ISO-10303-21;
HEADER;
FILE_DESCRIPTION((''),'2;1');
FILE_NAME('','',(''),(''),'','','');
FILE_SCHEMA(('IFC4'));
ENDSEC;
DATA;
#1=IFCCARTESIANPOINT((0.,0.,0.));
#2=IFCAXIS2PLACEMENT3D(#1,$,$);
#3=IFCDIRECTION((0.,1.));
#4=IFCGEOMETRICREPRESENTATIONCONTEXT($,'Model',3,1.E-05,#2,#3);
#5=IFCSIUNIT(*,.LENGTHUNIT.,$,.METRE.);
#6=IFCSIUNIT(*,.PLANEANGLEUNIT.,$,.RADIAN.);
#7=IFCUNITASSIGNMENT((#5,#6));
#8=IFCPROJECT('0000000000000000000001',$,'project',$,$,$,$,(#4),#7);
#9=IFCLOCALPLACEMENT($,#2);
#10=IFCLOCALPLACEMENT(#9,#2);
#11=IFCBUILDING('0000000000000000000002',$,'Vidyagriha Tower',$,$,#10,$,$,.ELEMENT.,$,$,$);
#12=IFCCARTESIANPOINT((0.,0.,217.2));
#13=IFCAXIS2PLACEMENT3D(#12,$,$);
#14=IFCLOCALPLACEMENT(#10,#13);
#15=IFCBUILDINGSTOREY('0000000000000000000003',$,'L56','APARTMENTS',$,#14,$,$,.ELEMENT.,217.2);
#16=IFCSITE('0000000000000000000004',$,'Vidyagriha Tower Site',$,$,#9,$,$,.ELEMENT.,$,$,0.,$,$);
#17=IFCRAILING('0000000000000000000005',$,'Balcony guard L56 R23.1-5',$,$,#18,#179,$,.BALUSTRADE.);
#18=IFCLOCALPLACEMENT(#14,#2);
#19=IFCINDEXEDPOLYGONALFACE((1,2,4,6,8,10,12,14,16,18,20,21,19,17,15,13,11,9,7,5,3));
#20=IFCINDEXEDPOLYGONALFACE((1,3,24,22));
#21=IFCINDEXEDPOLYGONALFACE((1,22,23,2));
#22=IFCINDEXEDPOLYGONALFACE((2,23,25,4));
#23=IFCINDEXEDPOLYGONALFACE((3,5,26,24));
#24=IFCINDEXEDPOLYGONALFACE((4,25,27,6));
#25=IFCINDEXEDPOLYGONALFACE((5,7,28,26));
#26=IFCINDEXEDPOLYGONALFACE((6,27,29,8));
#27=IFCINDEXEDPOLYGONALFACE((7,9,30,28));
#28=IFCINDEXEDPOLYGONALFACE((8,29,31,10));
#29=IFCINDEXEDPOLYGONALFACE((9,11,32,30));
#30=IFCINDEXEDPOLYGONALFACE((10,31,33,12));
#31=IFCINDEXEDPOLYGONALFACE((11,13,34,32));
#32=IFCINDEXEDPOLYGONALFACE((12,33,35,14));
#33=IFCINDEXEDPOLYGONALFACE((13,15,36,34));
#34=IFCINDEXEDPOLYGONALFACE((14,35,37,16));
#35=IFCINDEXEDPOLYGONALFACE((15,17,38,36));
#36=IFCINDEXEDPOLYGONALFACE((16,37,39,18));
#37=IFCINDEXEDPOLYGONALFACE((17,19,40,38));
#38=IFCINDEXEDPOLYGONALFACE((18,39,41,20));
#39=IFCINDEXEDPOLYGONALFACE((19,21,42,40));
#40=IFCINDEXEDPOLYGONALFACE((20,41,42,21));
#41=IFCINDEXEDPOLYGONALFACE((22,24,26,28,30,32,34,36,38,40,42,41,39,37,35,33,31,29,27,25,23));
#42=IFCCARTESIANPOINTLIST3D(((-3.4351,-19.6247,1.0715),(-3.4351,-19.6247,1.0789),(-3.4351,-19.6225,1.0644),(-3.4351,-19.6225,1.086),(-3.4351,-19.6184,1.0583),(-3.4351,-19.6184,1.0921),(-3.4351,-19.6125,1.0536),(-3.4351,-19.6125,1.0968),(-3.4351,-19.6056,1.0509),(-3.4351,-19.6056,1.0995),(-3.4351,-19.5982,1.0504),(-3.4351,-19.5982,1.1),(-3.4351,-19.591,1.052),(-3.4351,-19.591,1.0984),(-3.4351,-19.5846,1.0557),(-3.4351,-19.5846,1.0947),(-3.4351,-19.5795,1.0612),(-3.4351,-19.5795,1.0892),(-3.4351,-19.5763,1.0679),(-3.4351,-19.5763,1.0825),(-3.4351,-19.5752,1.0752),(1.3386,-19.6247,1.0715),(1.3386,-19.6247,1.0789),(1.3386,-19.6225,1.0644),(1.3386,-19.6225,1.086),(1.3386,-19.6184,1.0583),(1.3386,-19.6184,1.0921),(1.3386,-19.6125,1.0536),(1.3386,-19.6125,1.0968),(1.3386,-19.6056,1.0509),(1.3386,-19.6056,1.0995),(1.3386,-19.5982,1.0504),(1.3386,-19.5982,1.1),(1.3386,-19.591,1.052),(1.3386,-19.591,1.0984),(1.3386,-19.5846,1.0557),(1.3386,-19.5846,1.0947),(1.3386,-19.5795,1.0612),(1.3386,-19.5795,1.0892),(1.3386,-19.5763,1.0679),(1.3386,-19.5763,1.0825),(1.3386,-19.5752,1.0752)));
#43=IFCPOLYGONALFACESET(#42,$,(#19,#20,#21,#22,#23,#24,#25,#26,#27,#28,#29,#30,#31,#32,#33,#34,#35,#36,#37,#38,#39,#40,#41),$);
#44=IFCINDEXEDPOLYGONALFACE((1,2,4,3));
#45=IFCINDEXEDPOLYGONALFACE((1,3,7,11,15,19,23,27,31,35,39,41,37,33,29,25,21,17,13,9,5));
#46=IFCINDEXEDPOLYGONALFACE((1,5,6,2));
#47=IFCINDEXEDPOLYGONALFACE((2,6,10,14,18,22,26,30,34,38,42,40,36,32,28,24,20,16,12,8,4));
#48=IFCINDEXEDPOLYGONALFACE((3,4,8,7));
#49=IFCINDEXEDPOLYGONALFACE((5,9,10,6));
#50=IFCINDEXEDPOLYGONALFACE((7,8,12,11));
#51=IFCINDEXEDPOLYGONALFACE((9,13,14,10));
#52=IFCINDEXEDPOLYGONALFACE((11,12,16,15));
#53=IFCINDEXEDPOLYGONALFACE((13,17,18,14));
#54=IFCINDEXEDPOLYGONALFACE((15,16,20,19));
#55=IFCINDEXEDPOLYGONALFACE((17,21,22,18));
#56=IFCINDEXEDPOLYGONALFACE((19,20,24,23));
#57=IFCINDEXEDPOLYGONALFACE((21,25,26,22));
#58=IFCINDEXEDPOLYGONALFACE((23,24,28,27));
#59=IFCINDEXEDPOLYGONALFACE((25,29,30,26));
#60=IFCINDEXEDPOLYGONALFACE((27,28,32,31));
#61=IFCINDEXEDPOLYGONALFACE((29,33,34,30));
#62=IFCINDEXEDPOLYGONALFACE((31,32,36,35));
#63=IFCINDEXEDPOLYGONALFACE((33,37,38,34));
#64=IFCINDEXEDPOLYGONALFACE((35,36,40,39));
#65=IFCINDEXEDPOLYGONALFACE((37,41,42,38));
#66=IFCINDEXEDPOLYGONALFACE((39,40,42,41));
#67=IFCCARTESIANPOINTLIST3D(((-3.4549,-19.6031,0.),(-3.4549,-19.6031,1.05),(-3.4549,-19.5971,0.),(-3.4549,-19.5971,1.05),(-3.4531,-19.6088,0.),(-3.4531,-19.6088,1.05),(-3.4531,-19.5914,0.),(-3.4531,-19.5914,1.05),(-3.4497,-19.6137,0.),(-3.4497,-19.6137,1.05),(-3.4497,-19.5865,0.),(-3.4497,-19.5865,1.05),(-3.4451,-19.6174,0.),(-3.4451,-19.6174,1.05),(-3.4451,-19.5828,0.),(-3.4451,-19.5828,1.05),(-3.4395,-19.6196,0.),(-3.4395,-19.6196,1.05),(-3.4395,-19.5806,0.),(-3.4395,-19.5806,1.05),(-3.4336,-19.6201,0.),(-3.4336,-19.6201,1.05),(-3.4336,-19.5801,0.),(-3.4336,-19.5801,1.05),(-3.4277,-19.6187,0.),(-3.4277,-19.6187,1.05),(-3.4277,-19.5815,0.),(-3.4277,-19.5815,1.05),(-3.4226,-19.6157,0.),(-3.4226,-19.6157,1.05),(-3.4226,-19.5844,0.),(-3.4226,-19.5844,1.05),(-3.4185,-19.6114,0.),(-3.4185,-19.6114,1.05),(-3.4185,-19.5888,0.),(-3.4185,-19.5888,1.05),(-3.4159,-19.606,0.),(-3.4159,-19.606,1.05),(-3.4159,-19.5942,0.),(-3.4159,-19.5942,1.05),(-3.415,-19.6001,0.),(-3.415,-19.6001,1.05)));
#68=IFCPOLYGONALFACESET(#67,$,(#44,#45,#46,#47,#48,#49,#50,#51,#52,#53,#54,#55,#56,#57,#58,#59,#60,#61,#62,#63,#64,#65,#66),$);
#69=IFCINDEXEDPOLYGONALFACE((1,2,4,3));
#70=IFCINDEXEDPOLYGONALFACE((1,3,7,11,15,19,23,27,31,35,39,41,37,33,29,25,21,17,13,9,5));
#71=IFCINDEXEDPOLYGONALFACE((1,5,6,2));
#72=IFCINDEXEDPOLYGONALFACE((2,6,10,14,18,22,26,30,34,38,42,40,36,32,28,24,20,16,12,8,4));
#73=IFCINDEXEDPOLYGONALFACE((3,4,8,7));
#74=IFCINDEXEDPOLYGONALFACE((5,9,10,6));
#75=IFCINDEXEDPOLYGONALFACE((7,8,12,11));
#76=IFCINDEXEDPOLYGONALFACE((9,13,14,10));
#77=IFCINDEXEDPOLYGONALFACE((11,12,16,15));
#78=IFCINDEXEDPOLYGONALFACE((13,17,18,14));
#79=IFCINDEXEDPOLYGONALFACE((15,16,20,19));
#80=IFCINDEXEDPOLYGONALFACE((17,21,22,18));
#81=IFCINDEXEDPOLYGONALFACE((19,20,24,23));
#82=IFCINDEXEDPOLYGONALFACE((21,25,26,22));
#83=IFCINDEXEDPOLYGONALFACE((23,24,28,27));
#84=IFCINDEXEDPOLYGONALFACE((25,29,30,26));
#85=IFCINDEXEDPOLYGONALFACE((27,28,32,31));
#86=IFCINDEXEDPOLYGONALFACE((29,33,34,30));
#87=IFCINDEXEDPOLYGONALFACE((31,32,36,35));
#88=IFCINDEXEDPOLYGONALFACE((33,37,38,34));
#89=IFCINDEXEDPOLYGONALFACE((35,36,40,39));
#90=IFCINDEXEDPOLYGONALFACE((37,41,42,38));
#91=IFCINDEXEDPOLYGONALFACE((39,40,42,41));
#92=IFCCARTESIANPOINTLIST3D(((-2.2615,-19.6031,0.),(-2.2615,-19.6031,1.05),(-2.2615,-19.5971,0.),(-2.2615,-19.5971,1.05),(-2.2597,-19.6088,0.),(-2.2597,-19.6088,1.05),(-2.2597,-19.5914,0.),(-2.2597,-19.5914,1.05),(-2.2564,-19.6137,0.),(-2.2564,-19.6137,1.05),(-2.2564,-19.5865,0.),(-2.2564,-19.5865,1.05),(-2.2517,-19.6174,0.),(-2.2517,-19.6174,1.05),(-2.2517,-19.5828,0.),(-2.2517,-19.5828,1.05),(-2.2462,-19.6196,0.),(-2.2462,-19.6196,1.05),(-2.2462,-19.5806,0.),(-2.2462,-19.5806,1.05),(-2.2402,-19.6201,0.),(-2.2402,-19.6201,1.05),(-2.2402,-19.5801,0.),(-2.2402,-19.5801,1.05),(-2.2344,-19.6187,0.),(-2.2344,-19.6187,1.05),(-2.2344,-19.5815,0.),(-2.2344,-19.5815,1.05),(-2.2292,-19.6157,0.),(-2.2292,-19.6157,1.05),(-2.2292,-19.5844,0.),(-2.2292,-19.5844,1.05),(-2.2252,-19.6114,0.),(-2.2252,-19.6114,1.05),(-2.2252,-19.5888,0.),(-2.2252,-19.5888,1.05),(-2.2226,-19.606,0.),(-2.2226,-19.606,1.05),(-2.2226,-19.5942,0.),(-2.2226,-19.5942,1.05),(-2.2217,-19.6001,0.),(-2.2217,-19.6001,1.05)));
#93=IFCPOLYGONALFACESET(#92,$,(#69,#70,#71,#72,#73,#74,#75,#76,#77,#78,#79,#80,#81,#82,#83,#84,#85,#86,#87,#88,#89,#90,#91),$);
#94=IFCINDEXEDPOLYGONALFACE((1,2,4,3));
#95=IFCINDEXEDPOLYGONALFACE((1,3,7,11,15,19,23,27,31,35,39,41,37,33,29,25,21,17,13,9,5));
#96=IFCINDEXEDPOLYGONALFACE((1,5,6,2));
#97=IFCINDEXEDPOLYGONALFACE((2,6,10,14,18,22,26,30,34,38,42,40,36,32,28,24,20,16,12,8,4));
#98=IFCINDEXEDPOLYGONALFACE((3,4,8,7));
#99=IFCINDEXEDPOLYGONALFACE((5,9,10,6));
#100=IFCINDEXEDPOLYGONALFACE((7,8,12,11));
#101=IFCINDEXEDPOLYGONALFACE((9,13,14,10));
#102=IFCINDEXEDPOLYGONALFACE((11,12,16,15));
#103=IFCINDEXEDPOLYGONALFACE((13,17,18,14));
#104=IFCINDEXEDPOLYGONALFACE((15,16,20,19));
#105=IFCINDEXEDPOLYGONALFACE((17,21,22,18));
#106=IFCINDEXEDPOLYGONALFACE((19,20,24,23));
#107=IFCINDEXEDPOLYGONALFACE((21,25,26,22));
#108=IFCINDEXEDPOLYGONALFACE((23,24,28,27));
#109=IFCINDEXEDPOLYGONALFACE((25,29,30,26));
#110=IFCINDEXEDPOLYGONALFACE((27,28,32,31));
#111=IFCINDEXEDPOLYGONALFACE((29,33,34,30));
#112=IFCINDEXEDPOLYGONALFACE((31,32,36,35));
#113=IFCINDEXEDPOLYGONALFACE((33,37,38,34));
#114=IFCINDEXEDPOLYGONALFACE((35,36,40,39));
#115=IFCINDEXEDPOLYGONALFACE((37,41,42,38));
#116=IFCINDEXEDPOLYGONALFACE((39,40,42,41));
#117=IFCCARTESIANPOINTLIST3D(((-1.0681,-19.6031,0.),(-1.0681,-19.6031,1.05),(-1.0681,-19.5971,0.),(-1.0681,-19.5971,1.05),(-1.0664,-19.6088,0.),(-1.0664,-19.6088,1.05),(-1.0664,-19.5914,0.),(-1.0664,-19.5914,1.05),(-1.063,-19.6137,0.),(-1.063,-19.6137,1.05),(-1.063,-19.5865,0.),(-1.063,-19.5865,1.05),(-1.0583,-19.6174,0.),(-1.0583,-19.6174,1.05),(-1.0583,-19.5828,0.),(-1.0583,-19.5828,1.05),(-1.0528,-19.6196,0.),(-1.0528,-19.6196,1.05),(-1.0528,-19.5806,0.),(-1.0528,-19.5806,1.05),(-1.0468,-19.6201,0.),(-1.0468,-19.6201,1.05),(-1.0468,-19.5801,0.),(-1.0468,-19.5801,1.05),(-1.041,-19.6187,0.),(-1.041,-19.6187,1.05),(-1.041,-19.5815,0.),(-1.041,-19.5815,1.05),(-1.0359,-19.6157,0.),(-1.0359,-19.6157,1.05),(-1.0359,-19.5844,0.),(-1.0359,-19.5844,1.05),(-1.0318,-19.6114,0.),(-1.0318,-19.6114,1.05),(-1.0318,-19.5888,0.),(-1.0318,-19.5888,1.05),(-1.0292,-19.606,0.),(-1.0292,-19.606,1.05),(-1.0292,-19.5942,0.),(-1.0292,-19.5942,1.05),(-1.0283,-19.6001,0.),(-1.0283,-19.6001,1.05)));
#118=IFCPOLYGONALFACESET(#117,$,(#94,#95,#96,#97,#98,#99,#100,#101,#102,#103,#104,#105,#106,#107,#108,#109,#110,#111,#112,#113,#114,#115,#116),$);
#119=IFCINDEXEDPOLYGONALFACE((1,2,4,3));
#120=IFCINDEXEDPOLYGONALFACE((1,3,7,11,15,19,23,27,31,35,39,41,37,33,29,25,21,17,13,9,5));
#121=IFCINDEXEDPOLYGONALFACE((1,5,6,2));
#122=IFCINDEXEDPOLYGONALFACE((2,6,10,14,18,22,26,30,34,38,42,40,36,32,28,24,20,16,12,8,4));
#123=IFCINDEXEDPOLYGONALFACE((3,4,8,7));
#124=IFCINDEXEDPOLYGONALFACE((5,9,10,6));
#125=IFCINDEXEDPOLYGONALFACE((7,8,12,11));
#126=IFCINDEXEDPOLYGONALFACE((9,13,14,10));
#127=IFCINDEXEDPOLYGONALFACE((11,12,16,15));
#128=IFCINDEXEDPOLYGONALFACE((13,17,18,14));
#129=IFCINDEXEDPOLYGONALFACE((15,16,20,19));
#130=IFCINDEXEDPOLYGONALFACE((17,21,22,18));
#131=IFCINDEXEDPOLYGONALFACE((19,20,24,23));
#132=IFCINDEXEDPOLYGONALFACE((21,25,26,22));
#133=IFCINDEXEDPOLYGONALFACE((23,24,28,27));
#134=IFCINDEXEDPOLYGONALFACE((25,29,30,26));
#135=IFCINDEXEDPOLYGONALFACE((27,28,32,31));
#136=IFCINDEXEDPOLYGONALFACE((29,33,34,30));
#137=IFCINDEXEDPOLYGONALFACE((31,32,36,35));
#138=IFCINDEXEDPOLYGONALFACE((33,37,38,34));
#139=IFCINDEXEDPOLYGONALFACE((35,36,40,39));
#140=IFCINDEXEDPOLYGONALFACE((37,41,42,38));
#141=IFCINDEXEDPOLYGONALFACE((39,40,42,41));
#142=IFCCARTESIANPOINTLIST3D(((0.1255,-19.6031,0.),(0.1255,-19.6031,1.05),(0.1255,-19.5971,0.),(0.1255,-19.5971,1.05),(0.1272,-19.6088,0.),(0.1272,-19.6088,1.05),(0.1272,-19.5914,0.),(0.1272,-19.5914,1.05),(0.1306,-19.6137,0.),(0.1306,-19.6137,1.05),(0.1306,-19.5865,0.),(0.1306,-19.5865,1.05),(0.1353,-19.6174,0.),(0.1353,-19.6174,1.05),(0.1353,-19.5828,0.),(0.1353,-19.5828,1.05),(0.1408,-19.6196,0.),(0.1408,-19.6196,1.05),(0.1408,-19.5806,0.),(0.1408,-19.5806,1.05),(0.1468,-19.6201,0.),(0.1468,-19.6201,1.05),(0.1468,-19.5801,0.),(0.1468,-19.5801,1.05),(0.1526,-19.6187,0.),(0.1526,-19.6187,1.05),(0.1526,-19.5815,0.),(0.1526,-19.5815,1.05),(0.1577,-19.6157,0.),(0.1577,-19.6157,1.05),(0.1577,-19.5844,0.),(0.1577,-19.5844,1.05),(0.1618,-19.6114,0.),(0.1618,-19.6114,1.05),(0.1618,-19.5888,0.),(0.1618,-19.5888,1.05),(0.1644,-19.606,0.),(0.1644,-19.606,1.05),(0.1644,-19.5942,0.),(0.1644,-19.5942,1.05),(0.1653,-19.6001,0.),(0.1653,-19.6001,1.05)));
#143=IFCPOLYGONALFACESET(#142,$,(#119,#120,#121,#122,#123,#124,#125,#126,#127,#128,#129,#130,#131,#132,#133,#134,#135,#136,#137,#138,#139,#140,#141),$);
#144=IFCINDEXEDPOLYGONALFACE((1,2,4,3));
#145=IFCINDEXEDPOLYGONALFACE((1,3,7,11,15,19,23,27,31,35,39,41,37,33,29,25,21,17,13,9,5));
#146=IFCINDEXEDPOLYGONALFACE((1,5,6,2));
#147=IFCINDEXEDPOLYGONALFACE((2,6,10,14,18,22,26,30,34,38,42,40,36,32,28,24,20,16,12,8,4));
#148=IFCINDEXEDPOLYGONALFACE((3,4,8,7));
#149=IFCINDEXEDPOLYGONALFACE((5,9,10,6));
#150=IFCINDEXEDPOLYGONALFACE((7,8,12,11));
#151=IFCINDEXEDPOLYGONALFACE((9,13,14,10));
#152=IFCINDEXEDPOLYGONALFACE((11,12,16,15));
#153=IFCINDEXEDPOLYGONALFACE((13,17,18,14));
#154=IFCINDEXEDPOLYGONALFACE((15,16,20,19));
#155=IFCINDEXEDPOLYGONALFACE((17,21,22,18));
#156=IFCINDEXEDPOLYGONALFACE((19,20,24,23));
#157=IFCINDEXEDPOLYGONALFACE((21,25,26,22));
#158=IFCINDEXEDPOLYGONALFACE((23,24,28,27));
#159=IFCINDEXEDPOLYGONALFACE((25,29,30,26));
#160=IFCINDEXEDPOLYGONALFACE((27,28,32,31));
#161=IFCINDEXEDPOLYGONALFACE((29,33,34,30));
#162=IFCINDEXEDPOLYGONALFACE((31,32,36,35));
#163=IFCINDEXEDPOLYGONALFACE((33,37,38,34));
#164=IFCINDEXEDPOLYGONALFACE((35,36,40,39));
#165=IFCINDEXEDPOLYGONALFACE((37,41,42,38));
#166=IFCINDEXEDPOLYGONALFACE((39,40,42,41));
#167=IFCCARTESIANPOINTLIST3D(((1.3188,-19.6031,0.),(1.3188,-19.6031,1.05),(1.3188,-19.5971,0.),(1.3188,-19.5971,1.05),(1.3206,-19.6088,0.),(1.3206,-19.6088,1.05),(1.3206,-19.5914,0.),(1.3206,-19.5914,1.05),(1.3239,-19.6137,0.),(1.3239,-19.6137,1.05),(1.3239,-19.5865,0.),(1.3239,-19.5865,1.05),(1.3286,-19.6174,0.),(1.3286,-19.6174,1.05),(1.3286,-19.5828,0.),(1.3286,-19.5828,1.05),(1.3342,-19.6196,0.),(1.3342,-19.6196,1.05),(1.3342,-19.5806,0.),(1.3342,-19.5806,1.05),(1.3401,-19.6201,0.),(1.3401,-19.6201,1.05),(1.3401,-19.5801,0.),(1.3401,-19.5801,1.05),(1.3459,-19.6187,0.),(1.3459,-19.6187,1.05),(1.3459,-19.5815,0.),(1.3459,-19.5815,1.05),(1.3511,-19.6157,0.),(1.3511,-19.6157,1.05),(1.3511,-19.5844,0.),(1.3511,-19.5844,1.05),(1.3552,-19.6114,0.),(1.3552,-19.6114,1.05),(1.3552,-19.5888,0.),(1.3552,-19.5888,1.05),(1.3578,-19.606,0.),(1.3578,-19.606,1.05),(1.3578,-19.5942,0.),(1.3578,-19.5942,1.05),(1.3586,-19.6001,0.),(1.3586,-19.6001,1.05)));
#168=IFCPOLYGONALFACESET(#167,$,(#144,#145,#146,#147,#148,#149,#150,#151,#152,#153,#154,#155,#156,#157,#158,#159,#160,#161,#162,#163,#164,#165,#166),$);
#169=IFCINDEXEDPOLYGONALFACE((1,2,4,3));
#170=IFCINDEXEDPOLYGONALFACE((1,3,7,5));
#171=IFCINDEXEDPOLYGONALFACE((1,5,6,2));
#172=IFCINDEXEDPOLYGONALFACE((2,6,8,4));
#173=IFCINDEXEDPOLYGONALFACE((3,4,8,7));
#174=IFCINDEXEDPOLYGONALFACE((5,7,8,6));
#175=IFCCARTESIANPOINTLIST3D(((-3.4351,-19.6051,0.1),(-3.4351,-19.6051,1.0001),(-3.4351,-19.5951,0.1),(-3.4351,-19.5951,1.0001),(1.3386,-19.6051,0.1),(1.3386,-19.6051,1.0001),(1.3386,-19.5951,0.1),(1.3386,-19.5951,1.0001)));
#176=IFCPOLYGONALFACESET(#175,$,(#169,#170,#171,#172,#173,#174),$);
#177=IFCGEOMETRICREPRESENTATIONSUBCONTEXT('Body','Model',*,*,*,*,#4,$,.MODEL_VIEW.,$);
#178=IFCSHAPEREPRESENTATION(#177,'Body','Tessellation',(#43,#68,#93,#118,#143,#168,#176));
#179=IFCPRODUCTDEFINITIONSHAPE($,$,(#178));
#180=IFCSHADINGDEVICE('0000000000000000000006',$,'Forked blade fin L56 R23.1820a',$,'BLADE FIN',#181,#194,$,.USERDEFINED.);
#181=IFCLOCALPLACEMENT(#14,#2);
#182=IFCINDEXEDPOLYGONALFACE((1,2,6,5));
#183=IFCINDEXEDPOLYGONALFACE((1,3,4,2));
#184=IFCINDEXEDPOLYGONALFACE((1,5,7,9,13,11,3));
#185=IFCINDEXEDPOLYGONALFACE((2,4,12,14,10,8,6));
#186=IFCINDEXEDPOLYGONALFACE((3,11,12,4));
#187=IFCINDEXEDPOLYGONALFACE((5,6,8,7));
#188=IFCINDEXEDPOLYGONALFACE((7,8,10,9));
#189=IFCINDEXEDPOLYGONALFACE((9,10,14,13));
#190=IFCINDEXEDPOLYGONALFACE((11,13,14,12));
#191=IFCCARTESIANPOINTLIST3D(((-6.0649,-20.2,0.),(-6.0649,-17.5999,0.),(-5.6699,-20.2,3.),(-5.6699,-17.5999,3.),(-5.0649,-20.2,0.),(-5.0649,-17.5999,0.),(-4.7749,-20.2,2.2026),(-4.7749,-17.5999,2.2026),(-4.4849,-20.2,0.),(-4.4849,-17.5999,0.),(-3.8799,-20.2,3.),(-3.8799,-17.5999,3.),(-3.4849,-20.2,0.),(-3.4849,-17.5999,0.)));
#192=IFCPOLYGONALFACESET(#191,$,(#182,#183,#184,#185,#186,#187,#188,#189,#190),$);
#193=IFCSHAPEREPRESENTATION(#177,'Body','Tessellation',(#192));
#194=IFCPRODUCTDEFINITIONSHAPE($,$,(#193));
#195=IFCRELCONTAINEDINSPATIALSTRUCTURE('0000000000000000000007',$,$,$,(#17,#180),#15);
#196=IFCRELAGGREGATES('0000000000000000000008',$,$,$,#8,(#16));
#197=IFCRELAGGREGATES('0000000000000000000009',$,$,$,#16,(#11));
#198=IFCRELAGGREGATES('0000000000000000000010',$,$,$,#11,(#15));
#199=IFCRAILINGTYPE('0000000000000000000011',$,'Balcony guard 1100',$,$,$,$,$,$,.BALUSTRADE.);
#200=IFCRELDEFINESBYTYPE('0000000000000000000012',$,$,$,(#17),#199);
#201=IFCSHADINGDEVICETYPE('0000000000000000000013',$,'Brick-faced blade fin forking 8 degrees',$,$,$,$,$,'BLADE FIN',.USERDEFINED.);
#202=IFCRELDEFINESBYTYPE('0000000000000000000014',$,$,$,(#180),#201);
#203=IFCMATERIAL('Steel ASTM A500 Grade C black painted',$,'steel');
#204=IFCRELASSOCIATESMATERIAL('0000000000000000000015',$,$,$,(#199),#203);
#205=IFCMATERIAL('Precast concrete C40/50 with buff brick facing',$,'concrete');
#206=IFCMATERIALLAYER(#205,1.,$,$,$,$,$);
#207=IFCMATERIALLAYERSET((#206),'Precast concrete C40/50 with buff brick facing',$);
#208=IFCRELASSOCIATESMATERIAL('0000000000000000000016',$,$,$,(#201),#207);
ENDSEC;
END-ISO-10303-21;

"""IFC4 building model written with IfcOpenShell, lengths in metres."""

from ifc_helpers import new_model, si_unit, direction, frame, origin, origin_2d, place, context, subcontext, project, spatial, polyline, rectangle, circle, outline, extrude, material, layer, layer_set, type_object, element, save


model = new_model("IFC4")

# Units and contexts
model_context = context("Model", 3, precision=1e-05, world=origin(), true_north=direction((0.0, 1.0)))
body_context = subcontext(model_context, "Body", "Model", "MODEL_VIEW")
ifc_project = project(units=[si_unit("LENGTHUNIT", "METRE"), si_unit("PLANEANGLEUNIT", "RADIAN")], contexts=[model_context])

# Site, building, storey
site_placement = place(None, origin())
site = spatial("IfcSite", under=ifc_project, at=site_placement, Name="Vidyagriha Tower Site", CompositionType="ELEMENT", RefElevation=0.0)
building_placement = place(site_placement, origin())
building = spatial("IfcBuilding", under=site, at=building_placement, Name="Vidyagriha Tower", CompositionType="ELEMENT")
storey_placement = place(building_placement, frame((0.0, 0.0, 217.2)))
storey = spatial("IfcBuildingStorey", under=building, at=storey_placement, Name="L56", Description="APARTMENTS", CompositionType="ELEMENT", Elevation=217.2)

# Railing
ifc_material_1 = material(Name="Steel ASTM A500 Grade C black painted", Category="steel")
railing_type = type_object("IfcRailingType", Name="Balcony guard 1100", PredefinedType="BALUSTRADE", material=ifc_material_1)
railing_placement = place(storey_placement, frame((-3.4351, -19.6001, 0.0)))
element("IfcRailing", 1, at=railing_placement, inside=storey, type_object=railing_type, Name="Balcony guard L56 R23.1-5", PredefinedType="BALUSTRADE", context=body_context, shape_type="SweptSolid", body=[
    extrude(circle(Radius=0.0249, at=origin_2d()), frame((0.0, 0.0, 1.0752), z_axis=(1.0, 0.0, 0.0), x_axis=(0.0, 1.0, 0.0)), (0.0, 0.0, 1.0), 4.7737),
    extrude(circle(Radius=0.02, at=origin_2d()), origin(), (0.0, 0.0, 1.0), 1.05),
    extrude(circle(Radius=0.02, at=origin_2d()), frame((1.1934, 0.0, 0.0)), (0.0, 0.0, 1.0), 1.05),
    extrude(circle(Radius=0.02, at=origin_2d()), frame((2.3867, 0.0, 0.0)), (0.0, 0.0, 1.0), 1.05),
    extrude(circle(Radius=0.02, at=origin_2d()), frame((3.5803, 0.0, 0.0)), (0.0, 0.0, 1.0), 1.05),
    extrude(circle(Radius=0.02, at=origin_2d()), frame((4.7737, 0.0, 0.0)), (0.0, 0.0, 1.0), 1.05),
    extrude(rectangle(XDim=0.01, YDim=0.9001, at=origin_2d()), frame((0.0, 0.0, 0.55), z_axis=(1.0, 0.0, 0.0), x_axis=(0.0, 1.0, 0.0)), (0.0, 0.0, 1.0), 4.7737),
])

# Shading device
ifc_material_2 = material(Name="Precast concrete C40/50 with buff brick facing", Category="concrete")
ifc_layer_1 = layer(ifc_material_2, 1.0)
ifc_layer_set_1 = layer_set([ifc_layer_1], Name="Precast concrete C40/50 with buff brick facing")
shading_device_type = type_object("IfcShadingDeviceType", Name="Brick-faced blade fin forking 8 degrees", ElementType="BLADE FIN", PredefinedType="USERDEFINED", material=ifc_layer_set_1)
shading_device_placement = place(storey_placement, frame((-6.0649, -18.8999, 0.0)))
element("IfcShadingDevice", 2, at=shading_device_placement, inside=storey, type_object=shading_device_type, Name="Forked blade fin L56 R23.1820a", ObjectType="BLADE FIN", PredefinedType="USERDEFINED", context=body_context, shape_type="SweptSolid", body=[
    extrude(outline(polyline([(1.0, 0.0), (1.29, 2.2026), (1.5801, 0.0), (2.5801, 0.0), (2.1851, 3.0), (0.395, 3.0), (0.0, 0.0), (1.0, 0.0)])), frame((0.0, 1.3, 0.0), z_axis=(0.0, -1.0, 0.0), x_axis=(1.0, 0.0, 0.0)), (0.0, 0.0, 1.0), 2.6001),
])

save(model, "model.ifc")
